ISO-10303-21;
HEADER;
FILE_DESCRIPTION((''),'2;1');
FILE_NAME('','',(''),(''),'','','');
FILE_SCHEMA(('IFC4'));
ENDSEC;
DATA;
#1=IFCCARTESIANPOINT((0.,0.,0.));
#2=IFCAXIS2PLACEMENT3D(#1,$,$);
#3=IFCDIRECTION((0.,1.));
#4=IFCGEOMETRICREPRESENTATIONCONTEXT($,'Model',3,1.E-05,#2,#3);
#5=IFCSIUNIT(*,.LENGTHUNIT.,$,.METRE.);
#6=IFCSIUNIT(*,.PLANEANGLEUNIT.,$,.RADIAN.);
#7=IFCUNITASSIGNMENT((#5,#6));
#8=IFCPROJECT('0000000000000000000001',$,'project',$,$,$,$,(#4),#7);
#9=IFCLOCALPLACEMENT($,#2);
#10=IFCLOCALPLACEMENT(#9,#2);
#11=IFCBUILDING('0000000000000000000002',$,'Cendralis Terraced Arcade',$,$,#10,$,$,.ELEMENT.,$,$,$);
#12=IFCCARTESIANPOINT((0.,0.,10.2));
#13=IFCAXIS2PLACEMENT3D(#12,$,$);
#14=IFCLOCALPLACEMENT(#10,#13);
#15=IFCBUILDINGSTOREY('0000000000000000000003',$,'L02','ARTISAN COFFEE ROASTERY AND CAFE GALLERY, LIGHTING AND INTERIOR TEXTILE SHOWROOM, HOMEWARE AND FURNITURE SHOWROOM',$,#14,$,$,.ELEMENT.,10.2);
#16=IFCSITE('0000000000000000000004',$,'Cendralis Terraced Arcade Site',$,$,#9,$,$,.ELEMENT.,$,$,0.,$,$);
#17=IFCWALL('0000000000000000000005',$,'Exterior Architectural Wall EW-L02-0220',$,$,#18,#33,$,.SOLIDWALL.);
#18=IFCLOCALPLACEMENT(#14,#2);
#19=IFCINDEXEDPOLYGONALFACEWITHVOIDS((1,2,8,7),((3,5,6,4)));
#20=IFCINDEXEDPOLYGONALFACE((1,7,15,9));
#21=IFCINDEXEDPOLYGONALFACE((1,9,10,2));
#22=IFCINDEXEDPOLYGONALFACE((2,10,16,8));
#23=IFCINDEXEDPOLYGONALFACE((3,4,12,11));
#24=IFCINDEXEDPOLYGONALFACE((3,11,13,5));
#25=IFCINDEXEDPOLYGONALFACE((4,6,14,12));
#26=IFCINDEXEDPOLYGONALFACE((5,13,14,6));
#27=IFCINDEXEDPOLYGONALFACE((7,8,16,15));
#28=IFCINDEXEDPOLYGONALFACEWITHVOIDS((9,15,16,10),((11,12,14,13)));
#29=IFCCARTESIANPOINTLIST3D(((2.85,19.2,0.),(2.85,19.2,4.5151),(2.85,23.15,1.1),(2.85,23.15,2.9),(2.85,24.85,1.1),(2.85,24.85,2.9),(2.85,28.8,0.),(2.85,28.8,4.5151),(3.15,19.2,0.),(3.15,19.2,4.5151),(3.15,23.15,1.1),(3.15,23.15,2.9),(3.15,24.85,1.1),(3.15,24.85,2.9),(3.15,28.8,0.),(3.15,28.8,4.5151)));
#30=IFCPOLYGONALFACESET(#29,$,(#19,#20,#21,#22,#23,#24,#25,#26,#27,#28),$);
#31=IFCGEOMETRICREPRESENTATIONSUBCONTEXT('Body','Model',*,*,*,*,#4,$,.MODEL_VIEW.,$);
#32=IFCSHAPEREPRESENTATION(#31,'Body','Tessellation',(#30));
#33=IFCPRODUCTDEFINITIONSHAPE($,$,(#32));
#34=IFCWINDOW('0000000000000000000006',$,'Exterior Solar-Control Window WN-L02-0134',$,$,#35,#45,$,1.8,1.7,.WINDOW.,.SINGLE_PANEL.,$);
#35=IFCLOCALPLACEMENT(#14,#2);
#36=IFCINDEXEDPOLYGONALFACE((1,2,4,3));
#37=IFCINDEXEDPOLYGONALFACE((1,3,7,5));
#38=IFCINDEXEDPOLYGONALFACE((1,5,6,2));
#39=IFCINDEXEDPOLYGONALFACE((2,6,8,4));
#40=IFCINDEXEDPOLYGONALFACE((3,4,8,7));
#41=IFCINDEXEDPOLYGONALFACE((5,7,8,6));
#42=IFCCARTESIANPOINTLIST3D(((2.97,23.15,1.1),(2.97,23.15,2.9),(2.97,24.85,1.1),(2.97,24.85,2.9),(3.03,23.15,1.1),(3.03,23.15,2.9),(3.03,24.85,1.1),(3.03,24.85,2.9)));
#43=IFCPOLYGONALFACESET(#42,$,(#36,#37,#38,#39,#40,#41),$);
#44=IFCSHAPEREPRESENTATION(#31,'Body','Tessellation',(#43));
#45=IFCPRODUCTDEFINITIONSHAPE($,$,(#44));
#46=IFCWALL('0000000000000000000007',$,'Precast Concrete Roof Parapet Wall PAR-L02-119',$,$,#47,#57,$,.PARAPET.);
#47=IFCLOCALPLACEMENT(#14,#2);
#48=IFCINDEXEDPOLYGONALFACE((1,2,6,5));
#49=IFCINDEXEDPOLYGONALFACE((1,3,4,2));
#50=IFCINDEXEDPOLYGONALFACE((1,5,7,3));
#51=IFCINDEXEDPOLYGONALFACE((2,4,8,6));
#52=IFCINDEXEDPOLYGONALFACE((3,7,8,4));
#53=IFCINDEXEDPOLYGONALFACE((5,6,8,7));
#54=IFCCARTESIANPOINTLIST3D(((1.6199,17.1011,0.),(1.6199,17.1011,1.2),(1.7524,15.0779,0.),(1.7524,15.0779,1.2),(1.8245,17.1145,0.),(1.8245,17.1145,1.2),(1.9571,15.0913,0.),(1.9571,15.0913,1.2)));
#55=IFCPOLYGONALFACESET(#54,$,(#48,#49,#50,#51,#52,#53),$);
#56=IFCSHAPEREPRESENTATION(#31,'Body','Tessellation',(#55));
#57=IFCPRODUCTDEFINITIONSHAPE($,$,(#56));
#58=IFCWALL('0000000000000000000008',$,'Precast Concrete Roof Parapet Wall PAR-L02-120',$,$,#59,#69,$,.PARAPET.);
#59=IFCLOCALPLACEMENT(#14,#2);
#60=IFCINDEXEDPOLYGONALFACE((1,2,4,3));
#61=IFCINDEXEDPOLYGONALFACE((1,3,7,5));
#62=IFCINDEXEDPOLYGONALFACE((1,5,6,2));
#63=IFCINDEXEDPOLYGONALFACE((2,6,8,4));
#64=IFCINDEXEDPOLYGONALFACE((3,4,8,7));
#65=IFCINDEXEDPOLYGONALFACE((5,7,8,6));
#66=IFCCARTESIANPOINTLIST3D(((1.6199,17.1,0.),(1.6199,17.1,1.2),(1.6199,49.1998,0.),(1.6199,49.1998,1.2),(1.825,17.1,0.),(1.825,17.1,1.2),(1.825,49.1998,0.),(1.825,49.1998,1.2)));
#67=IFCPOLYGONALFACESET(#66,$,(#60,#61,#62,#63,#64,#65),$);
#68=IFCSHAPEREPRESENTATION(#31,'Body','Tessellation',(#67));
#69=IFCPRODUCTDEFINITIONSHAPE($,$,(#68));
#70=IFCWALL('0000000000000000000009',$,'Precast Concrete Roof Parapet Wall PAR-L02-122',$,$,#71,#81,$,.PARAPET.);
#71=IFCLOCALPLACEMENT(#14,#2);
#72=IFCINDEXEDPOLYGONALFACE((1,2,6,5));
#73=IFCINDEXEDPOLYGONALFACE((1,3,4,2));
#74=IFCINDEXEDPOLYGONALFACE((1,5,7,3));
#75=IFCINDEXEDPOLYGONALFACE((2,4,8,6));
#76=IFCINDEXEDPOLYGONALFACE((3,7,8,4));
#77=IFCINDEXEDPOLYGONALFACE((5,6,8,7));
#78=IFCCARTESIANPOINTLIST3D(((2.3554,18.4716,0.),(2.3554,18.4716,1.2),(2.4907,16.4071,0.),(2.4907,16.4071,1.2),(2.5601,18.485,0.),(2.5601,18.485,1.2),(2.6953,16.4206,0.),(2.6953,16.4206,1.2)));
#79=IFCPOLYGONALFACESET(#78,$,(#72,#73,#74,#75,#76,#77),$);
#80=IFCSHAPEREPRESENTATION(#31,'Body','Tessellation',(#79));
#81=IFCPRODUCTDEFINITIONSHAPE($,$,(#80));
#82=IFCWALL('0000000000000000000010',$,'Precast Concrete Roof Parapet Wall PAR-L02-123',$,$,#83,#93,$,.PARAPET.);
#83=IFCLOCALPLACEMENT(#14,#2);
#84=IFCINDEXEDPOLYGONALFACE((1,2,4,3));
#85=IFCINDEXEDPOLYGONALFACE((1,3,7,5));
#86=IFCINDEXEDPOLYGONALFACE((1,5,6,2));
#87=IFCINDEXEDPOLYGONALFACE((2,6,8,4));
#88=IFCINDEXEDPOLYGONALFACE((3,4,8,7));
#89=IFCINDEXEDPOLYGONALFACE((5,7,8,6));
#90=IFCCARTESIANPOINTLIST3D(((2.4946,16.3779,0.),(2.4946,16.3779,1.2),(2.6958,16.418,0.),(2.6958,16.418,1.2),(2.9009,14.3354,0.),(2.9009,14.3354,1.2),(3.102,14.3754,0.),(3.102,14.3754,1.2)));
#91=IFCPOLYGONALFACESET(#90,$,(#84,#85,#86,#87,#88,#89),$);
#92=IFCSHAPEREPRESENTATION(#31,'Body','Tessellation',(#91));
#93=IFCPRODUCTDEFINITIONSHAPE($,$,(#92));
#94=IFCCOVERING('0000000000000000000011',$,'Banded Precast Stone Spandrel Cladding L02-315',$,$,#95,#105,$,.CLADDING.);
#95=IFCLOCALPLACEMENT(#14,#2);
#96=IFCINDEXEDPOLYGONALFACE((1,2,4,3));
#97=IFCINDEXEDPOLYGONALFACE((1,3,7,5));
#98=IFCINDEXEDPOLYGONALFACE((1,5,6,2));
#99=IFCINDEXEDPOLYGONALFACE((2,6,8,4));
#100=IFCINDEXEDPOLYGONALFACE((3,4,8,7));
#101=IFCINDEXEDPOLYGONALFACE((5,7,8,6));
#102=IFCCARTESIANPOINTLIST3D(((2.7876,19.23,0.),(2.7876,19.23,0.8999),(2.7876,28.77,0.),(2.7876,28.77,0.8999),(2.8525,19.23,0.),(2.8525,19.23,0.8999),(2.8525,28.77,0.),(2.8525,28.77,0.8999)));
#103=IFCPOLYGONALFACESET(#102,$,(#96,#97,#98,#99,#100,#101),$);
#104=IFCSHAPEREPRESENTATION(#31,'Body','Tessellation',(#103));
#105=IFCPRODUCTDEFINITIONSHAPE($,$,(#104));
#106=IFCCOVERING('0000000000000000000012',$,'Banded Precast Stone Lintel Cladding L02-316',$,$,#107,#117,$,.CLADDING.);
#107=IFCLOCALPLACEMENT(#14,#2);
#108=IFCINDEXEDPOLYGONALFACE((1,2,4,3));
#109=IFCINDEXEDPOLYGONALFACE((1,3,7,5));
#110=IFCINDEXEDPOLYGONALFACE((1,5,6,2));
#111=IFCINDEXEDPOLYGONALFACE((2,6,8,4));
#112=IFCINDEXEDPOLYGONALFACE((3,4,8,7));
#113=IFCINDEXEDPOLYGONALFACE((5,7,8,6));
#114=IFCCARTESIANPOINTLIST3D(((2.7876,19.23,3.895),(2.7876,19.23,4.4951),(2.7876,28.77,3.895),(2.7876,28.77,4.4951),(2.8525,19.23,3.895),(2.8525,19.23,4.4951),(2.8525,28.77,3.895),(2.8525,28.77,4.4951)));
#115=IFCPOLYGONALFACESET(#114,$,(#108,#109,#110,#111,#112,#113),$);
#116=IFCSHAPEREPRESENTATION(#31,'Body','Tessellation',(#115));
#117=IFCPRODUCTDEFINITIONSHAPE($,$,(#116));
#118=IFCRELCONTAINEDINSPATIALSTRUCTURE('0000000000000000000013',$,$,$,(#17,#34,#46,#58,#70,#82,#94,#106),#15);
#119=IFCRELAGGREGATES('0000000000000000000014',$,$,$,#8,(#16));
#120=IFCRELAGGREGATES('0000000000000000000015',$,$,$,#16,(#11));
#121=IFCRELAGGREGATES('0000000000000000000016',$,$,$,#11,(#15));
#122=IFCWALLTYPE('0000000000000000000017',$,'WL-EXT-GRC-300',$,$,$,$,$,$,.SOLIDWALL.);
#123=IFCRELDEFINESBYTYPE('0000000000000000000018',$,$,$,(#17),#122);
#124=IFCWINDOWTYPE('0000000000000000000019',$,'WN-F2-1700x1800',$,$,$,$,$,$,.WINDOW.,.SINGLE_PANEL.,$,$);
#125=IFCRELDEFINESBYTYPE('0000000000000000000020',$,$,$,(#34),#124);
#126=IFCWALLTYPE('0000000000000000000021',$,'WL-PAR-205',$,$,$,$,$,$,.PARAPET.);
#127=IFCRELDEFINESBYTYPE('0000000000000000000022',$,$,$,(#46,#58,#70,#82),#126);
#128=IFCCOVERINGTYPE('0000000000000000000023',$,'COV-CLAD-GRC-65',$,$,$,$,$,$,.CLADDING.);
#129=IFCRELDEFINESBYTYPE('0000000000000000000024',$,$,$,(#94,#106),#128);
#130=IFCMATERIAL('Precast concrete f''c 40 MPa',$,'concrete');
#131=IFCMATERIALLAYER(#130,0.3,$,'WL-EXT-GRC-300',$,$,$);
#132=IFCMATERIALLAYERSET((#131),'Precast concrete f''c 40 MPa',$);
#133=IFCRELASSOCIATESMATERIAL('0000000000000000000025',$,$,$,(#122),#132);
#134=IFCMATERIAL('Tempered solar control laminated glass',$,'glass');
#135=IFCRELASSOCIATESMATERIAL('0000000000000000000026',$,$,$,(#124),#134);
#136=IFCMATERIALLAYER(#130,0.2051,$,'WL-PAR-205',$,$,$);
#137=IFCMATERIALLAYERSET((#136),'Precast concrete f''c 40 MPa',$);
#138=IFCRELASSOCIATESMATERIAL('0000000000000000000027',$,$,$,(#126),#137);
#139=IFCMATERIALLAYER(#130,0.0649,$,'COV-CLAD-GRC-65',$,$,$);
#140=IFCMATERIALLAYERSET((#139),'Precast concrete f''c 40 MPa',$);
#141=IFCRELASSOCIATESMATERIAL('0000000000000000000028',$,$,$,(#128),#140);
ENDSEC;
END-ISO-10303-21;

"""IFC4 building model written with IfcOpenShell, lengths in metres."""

from ifc_helpers import new_model, si_unit, direction, frame, frame_2d, origin, origin_2d, place, context, subcontext, project, spatial, rectangle, extrude, material, layer, layer_set, type_object, element, fill, save


model = new_model("IFC4")

# Units and contexts
model_context = context("Model", 3, precision=1e-05, world=origin(), true_north=direction((0.0, 1.0)))
body_context = subcontext(model_context, "Body", "Model", "MODEL_VIEW")
ifc_project = project(units=[si_unit("LENGTHUNIT", "METRE"), si_unit("PLANEANGLEUNIT", "RADIAN")], contexts=[model_context])

# Site, building, storey
site_placement = place(None, origin())
site = spatial("IfcSite", under=ifc_project, at=site_placement, Name="Cendralis Terraced Arcade Site", CompositionType="ELEMENT", RefElevation=0.0)
building_placement = place(site_placement, origin())
building = spatial("IfcBuilding", under=site, at=building_placement, Name="Cendralis Terraced Arcade", CompositionType="ELEMENT")
storey_placement = place(building_placement, frame((0.0, 0.0, 10.2)))
storey = spatial("IfcBuildingStorey", under=building, at=storey_placement, Name="L02", Description="ARTISAN COFFEE ROASTERY AND CAFE GALLERY, LIGHTING AND INTERIOR TEXTILE SHOWROOM, HOMEWARE AND FURNITURE SHOWROOM", CompositionType="ELEMENT", Elevation=10.2)

# Shared definitions
ifc_material_1 = material(Name="Tempered solar control laminated glass", Category="glass")

# Shared definitions
ifc_material_2 = material(Name="Precast concrete f'c 40 MPa", Category="concrete")
ifc_layer_1 = layer(ifc_material_2, 0.3, Name="WL-EXT-GRC-300")
ifc_layer_set_1 = layer_set([ifc_layer_1], Name="Precast concrete f'c 40 MPa")
wall_type_1 = type_object("IfcWallType", Name="WL-EXT-GRC-300", PredefinedType="SOLIDWALL", material=ifc_layer_set_1)

# Wall, opening, window
wall_1_placement = place(storey_placement, frame((3.0, 19.2, 0.0), z_axis=(0.0, 0.0, 1.0), x_axis=(0.0, 1.0, 0.0)))
wall_1 = element("IfcWall", 1, at=wall_1_placement, inside=storey, type_object=wall_type_1, Name="Exterior Architectural Wall EW-L02-0220", PredefinedType="SOLIDWALL", context=body_context, shape_type="SweptSolid", body=[
    extrude(rectangle(XDim=9.6001, YDim=0.3, at=frame_2d((4.8, 0.0))), origin(), (0.0, 0.0, 1.0), 4.5151),
])
opening_placement = place(wall_1_placement, frame((3.95, 0.0, 1.1001)))
opening = element("IfcOpeningElement", 2, at=opening_placement, cuts=wall_1, PredefinedType="OPENING", context=body_context, shape_type="SweptSolid", body=[
    extrude(rectangle(XDim=1.7, YDim=1.8, at=frame_2d((0.8501, 0.8999))), frame((0.0, 0.1621, 0.0), z_axis=(0.0, -1.0, 0.0), x_axis=(1.0, 0.0, 0.0)), (0.0, 0.0, 1.0), 0.324),
])
window_type = type_object("IfcWindowType", Name="WN-F2-1700x1800", PartitioningType="SINGLE_PANEL", PredefinedType="WINDOW", material=ifc_material_1)
window_placement = place(opening_placement, origin())
window = element("IfcWindow", 3, at=window_placement, inside=storey, type_object=window_type, Name="Exterior Solar-Control Window WN-L02-0134", OverallHeight=1.8, OverallWidth=1.7, PartitioningType="SINGLE_PANEL", PredefinedType="WINDOW", context=body_context, shape_type="SweptSolid", body=[
    extrude(rectangle(XDim=1.7, YDim=1.8, at=frame_2d((0.8501, 0.8999))), frame((0.0, 0.03, 0.0), z_axis=(0.0, -1.0, 0.0), x_axis=(1.0, 0.0, 0.0)), (0.0, 0.0, 1.0), 0.0601),
])
fill(opening, window)

# Walls
ifc_layer_2 = layer(ifc_material_2, 0.2051, Name="WL-PAR-205")
ifc_layer_set_2 = layer_set([ifc_layer_2], Name="Precast concrete f'c 40 MPa")
wall_type_2 = type_object("IfcWallType", Name="WL-PAR-205", PredefinedType="PARAPET", material=ifc_layer_set_2)
wall_2_placement = place(storey_placement, frame((1.8547, 15.0847, 0.0), z_axis=(0.0, 0.0, 1.0), x_axis=(-0.065384, 0.99786, 0.0)))
element("IfcWall", 4, at=wall_2_placement, inside=storey, type_object=wall_type_2, Name="Precast Concrete Roof Parapet Wall PAR-L02-119", PredefinedType="PARAPET", context=body_context, shape_type="SweptSolid", body=[
    extrude(rectangle(XDim=2.0276, YDim=0.2051, at=frame_2d((1.0137, 0.0))), origin(), (0.0, 0.0, 1.0), 1.2),
])
wall_3_placement = place(storey_placement, frame((1.7224, 17.1001, 0.0), z_axis=(0.0, 0.0, 1.0), x_axis=(0.0, 1.0, 0.0)))
element("IfcWall", 5, at=wall_3_placement, inside=storey, type_object=wall_type_2, Name="Precast Concrete Roof Parapet Wall PAR-L02-120", PredefinedType="PARAPET", context=body_context, shape_type="SweptSolid", body=[
    extrude(rectangle(XDim=32.0999, YDim=0.2051, at=frame_2d((16.0498, 0.0))), origin(), (0.0, 0.0, 1.0), 1.2),
])
wall_4_placement = place(storey_placement, frame((2.4578, 18.4783, 0.0), z_axis=(0.0, 0.0, 1.0), x_axis=(0.065375, -0.997861, 0.0)))
element("IfcWall", 6, at=wall_4_placement, inside=storey, type_object=wall_type_2, Name="Precast Concrete Roof Parapet Wall PAR-L02-122", PredefinedType="PARAPET", context=body_context, shape_type="SweptSolid", body=[
    extrude(rectangle(XDim=2.0688, YDim=0.2051, at=frame_2d((1.0344, 0.0))), origin(), (0.0, 0.0, 1.0), 1.2),
])
wall_5_placement = place(storey_placement, frame((2.5952, 16.3979, 0.0), z_axis=(0.0, 0.0, 1.0), x_axis=(0.195079, -0.980788, 0.0)))
element("IfcWall", 7, at=wall_5_placement, inside=storey, type_object=wall_type_2, Name="Precast Concrete Roof Parapet Wall PAR-L02-123", PredefinedType="PARAPET", context=body_context, shape_type="SweptSolid", body=[
    extrude(rectangle(XDim=2.0825, YDim=0.2051, at=frame_2d((1.0413, 0.0))), origin(), (0.0, 0.0, 1.0), 1.2),
])

# Coverings
ifc_layer_3 = layer(ifc_material_2, 0.0649, Name="COV-CLAD-GRC-65")
ifc_layer_set_3 = layer_set([ifc_layer_3], Name="Precast concrete f'c 40 MPa")
covering_type = type_object("IfcCoveringType", Name="COV-CLAD-GRC-65", PredefinedType="CLADDING", material=ifc_layer_set_3)
covering_1_placement = place(storey_placement, frame((2.8201, 24.0, 0.0), z_axis=(0.0, 0.0, 1.0), x_axis=(0.0, 1.0, 0.0)))
element("IfcCovering", 8, at=covering_1_placement, inside=storey, type_object=covering_type, Name="Banded Precast Stone Spandrel Cladding L02-315", PredefinedType="CLADDING", context=body_context, shape_type="SweptSolid", body=[
    extrude(rectangle(XDim=9.54, YDim=0.0649, at=origin_2d()), origin(), (0.0, 0.0, 1.0), 0.8999),
])
covering_2_placement = place(storey_placement, frame((2.8201, 24.0, 3.895), z_axis=(0.0, 0.0, 1.0), x_axis=(0.0, 1.0, 0.0)))
element("IfcCovering", 9, at=covering_2_placement, inside=storey, type_object=covering_type, Name="Banded Precast Stone Lintel Cladding L02-316", PredefinedType="CLADDING", context=body_context, shape_type="SweptSolid", body=[
    extrude(rectangle(XDim=9.54, YDim=0.0649, at=origin_2d()), origin(), (0.0, 0.0, 1.0), 0.6001),
])

save(model, "model.ifc")
